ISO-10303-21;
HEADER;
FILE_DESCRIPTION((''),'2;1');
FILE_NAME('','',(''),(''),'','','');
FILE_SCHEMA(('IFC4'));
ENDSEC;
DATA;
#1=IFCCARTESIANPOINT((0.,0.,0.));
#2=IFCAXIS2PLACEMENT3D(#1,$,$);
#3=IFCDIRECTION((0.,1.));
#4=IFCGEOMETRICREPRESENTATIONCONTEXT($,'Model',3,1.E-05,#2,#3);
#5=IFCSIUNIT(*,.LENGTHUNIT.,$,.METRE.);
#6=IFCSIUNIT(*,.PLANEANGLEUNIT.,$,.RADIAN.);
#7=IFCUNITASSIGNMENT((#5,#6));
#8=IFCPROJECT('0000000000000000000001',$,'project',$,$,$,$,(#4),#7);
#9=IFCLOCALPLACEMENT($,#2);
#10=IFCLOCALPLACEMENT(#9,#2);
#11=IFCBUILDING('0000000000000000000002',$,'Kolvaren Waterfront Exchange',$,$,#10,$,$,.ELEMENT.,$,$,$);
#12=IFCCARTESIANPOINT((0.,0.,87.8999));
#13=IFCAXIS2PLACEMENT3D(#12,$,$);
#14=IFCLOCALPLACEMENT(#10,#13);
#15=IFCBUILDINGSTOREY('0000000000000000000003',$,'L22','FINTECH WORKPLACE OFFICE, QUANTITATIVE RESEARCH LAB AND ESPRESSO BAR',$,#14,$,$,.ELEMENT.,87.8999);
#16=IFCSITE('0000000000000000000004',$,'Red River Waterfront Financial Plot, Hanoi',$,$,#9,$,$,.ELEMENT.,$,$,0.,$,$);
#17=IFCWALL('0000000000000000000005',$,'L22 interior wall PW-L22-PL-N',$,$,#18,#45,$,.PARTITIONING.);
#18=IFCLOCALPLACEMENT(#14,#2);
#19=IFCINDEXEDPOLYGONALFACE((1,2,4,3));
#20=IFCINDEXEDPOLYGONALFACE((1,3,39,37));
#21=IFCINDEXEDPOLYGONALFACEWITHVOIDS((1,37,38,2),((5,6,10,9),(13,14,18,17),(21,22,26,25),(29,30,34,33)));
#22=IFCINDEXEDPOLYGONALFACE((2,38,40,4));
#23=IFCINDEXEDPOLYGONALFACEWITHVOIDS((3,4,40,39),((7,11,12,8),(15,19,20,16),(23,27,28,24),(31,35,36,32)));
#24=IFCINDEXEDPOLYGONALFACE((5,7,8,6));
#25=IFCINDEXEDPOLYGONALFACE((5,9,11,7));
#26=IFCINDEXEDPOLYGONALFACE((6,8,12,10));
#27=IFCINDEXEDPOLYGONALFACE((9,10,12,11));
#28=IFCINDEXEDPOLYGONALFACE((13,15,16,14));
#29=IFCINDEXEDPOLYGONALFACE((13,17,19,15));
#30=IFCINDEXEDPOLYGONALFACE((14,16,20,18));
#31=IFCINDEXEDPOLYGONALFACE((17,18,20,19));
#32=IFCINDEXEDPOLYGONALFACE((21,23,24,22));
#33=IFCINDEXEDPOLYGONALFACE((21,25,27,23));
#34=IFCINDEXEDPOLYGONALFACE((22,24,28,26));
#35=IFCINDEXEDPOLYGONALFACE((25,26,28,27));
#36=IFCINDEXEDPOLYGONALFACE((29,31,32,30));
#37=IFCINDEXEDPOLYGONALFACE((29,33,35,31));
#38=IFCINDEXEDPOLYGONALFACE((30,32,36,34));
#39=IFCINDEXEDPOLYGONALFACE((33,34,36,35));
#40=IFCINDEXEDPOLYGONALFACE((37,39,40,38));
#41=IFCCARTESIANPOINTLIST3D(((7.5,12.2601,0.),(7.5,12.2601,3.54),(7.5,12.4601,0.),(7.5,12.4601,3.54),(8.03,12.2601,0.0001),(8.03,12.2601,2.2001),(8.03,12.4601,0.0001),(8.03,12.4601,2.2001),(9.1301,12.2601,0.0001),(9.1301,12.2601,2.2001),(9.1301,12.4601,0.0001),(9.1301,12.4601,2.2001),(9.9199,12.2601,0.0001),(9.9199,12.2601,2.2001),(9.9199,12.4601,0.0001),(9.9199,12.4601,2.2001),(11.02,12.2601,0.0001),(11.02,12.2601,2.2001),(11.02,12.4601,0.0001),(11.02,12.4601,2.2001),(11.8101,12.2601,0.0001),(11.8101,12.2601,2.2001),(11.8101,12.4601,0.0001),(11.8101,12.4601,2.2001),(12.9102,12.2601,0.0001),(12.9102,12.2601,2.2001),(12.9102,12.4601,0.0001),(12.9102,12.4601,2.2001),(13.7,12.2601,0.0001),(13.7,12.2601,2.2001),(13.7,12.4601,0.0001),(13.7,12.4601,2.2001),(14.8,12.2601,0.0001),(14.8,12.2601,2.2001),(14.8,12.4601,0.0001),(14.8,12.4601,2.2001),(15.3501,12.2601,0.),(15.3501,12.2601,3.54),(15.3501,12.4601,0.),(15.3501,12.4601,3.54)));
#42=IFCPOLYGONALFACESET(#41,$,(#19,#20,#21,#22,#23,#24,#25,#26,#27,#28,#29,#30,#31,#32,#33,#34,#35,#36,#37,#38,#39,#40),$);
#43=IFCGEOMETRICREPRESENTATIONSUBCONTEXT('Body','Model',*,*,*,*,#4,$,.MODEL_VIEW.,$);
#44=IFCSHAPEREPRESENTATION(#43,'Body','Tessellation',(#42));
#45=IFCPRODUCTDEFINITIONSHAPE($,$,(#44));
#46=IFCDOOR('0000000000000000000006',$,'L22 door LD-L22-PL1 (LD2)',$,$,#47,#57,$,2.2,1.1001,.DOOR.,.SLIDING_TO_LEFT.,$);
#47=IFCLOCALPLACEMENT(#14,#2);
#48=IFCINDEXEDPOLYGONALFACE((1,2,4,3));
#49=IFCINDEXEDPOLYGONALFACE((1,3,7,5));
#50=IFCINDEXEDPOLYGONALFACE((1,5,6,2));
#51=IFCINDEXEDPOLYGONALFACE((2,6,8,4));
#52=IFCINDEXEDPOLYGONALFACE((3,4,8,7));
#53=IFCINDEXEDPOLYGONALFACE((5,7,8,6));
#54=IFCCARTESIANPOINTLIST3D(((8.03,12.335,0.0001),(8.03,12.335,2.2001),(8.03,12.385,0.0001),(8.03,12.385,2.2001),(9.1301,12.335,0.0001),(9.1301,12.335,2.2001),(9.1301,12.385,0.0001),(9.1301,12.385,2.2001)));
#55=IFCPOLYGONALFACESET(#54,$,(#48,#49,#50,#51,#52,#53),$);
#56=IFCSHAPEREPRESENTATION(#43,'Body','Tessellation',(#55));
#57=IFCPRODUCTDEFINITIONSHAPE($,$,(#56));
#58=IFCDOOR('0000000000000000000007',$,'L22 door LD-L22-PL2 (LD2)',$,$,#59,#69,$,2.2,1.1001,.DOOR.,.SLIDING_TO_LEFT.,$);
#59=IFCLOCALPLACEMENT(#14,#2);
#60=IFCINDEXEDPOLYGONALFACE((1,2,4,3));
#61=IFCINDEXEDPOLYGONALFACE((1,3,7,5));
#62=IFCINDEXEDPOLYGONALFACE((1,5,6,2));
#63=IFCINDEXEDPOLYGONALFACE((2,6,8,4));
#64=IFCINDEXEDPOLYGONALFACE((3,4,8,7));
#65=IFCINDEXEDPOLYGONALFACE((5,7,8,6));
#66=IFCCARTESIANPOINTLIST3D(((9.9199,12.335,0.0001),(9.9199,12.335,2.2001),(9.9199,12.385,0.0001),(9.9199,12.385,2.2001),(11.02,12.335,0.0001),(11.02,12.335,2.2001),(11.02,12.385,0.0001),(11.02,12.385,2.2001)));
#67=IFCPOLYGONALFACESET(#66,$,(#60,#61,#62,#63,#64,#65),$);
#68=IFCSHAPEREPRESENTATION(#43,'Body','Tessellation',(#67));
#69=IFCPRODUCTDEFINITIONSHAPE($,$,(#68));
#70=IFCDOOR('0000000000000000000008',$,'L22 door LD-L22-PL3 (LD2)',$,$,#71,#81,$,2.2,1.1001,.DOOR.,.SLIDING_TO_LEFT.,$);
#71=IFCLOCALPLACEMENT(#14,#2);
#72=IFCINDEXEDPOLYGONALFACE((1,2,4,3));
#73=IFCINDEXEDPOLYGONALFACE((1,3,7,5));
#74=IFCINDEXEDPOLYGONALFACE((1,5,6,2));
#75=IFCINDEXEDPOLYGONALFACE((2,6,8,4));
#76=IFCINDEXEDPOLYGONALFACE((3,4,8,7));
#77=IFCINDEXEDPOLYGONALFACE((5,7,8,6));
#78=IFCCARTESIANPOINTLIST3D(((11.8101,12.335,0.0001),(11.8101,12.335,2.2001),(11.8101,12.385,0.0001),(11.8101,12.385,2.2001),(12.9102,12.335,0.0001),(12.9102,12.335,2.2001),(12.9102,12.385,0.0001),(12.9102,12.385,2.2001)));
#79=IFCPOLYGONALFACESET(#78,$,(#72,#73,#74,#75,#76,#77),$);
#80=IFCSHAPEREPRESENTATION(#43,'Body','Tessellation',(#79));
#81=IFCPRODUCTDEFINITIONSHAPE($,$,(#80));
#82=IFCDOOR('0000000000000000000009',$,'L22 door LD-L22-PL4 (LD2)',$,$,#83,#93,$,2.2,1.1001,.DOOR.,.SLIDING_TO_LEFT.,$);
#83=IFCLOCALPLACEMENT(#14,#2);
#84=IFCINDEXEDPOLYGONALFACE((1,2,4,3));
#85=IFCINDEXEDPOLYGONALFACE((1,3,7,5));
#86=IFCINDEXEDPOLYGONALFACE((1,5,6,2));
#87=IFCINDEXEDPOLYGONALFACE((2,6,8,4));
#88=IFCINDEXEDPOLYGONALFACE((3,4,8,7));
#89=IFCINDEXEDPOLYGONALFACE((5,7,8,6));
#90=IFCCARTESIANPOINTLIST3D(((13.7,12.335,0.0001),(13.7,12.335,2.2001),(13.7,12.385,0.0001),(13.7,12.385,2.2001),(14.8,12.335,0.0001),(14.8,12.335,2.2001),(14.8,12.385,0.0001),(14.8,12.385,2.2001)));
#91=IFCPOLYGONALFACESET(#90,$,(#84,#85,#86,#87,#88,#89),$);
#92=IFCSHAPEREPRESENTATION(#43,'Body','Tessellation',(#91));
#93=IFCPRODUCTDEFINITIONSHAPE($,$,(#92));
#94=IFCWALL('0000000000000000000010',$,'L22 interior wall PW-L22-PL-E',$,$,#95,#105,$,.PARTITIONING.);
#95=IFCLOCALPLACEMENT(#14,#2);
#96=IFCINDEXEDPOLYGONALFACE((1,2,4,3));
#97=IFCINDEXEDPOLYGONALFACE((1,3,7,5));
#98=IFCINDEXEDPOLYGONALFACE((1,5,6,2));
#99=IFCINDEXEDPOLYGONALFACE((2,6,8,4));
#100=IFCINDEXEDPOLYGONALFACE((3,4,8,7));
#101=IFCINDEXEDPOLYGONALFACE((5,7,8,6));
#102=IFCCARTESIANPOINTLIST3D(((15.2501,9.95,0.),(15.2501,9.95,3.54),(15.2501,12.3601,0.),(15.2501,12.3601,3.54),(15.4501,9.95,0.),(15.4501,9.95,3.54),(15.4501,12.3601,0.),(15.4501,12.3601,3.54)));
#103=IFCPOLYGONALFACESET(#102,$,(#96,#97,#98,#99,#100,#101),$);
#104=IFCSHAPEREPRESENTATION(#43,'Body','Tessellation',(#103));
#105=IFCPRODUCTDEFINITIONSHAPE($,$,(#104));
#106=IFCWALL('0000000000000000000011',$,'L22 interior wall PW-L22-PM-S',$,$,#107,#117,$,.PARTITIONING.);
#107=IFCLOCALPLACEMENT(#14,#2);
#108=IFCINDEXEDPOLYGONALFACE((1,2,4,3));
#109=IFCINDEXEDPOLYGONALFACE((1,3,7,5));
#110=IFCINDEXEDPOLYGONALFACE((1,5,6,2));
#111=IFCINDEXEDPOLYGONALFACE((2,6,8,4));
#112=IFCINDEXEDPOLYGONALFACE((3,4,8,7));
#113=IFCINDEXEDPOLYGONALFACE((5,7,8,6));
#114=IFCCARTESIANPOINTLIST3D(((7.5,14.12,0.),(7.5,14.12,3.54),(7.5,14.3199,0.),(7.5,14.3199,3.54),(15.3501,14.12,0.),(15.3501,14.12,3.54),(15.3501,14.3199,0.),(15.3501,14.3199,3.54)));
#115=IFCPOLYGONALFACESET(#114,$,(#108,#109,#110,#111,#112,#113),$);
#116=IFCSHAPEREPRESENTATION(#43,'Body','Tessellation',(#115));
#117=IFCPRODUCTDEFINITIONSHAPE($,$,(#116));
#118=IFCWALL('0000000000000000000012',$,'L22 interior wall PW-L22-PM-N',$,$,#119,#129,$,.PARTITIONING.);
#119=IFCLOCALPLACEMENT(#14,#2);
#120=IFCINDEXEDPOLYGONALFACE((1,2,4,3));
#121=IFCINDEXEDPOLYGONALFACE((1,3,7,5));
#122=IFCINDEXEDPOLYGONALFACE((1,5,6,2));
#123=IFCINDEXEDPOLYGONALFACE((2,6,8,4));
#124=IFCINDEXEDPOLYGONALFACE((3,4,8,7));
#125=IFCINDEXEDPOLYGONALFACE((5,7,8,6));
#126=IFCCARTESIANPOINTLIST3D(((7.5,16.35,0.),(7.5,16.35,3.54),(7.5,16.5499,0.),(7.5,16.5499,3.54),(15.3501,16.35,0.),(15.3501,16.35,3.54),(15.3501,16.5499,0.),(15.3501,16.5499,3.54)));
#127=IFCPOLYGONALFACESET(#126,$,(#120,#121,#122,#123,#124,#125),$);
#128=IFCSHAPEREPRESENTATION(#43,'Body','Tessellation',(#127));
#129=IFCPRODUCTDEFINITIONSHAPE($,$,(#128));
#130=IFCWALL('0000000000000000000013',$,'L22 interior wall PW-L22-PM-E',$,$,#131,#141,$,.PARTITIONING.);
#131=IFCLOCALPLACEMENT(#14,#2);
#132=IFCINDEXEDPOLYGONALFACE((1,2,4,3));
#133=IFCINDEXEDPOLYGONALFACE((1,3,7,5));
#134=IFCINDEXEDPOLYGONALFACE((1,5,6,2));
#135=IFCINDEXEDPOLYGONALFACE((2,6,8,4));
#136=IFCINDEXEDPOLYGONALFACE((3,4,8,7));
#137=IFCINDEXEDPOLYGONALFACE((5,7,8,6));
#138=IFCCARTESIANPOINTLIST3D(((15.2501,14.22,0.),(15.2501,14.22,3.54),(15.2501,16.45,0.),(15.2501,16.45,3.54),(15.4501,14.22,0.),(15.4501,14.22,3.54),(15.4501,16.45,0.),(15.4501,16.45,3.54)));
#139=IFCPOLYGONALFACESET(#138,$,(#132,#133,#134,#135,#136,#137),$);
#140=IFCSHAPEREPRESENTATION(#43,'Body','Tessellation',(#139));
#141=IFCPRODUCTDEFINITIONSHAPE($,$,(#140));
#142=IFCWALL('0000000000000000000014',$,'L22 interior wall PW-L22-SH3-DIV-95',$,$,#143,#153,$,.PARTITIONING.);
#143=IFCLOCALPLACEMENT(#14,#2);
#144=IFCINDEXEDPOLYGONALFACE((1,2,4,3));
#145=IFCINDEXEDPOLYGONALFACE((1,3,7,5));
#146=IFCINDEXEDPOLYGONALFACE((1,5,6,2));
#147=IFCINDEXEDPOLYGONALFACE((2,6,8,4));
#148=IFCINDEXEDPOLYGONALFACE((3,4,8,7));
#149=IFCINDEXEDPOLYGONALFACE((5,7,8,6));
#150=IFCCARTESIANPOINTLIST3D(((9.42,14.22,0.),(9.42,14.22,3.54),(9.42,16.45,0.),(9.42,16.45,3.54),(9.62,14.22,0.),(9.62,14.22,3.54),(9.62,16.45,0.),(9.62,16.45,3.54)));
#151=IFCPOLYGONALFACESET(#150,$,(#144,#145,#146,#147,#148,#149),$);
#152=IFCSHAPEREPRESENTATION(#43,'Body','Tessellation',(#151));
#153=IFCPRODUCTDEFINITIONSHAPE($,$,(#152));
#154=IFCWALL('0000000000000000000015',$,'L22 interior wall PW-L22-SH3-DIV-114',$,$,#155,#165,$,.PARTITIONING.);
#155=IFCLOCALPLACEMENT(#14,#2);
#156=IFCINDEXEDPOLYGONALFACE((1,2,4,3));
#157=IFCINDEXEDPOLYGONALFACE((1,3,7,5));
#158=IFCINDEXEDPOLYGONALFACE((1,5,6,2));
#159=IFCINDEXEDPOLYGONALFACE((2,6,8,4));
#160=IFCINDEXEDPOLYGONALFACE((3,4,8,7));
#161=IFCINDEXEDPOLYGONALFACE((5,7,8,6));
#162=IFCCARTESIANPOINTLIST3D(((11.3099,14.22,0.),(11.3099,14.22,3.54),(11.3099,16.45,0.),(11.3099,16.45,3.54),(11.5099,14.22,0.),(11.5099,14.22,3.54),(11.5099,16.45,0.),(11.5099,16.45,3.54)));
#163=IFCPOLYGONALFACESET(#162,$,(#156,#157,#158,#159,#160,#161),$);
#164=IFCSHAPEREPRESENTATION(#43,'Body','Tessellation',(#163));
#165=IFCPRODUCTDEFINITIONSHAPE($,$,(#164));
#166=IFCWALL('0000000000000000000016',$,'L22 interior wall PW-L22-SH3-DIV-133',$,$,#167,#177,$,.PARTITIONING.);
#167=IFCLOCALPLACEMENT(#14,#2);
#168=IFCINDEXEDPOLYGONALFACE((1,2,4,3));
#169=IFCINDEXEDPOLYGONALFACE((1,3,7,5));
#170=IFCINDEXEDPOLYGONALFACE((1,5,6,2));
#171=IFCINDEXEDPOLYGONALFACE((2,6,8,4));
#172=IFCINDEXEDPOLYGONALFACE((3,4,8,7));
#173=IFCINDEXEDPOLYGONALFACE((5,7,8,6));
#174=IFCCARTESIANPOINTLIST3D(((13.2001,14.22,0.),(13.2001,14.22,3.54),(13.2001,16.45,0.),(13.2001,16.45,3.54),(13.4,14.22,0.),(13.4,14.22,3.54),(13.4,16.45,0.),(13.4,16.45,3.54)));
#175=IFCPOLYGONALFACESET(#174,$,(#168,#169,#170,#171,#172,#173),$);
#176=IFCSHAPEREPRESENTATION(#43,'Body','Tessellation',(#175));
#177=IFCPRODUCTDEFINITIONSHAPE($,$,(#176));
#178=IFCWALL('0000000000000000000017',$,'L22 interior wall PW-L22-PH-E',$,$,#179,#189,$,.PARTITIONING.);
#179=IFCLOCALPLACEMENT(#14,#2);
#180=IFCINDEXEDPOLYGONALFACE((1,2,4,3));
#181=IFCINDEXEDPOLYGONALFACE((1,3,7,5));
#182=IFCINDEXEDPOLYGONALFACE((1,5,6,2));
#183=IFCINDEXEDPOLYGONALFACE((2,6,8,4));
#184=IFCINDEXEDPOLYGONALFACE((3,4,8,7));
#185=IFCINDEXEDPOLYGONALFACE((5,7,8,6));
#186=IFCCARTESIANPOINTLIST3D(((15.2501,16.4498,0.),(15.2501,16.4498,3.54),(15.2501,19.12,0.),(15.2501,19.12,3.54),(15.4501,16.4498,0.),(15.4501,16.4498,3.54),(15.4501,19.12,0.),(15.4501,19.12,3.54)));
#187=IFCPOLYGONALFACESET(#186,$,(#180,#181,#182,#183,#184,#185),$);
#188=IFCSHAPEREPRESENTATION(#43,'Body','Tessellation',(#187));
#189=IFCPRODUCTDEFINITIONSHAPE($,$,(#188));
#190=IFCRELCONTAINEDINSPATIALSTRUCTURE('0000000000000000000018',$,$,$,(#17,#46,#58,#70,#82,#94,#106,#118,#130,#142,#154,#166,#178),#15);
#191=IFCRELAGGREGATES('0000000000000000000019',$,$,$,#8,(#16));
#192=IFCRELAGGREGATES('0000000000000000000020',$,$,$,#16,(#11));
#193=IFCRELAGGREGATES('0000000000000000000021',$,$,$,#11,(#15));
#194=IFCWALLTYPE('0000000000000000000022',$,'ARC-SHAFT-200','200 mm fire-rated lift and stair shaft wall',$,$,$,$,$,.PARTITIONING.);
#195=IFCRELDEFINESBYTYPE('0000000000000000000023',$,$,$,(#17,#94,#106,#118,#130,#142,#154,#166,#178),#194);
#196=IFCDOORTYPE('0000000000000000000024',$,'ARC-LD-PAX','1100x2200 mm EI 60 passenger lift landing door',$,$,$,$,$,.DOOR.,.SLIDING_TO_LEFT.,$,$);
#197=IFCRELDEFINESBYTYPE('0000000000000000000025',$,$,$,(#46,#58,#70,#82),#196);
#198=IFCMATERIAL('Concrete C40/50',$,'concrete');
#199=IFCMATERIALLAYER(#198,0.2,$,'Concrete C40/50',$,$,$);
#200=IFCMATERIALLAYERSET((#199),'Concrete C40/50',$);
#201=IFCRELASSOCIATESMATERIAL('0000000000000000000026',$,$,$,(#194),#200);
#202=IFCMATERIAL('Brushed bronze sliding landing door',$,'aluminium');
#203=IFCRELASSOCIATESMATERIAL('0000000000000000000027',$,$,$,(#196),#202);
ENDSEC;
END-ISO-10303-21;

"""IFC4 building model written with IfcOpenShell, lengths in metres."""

from ifc_helpers import new_model, si_unit, direction, frame, frame_2d, origin, place, context, subcontext, project, spatial, rectangle, extrude, material, layer, layer_set, type_object, element, fill, save


model = new_model("IFC4")

# Units and contexts
model_context = context("Model", 3, precision=1e-05, world=origin(), true_north=direction((0.0, 1.0)))
body_context = subcontext(model_context, "Body", "Model", "MODEL_VIEW")
ifc_project = project(units=[si_unit("LENGTHUNIT", "METRE"), si_unit("PLANEANGLEUNIT", "RADIAN")], contexts=[model_context])

# Site, building, storey
site_placement = place(None, origin())
site = spatial("IfcSite", under=ifc_project, at=site_placement, Name="Red River Waterfront Financial Plot, Hanoi", CompositionType="ELEMENT", RefElevation=0.0)
building_placement = place(site_placement, origin())
building = spatial("IfcBuilding", under=site, at=building_placement, Name="Kolvaren Waterfront Exchange", CompositionType="ELEMENT")
storey_placement = place(building_placement, frame((0.0, 0.0, 87.8999)))
storey = spatial("IfcBuildingStorey", under=building, at=storey_placement, Name="L22", Description="FINTECH WORKPLACE OFFICE, QUANTITATIVE RESEARCH LAB AND ESPRESSO BAR", CompositionType="ELEMENT", Elevation=87.8999)

# Wall, openings, doors
ifc_material_1 = material(Name="Concrete C40/50", Category="concrete")
ifc_layer_1 = layer(ifc_material_1, 0.2, Name="Concrete C40/50")
ifc_layer_set_1 = layer_set([ifc_layer_1], Name="Concrete C40/50")
wall_type_1 = type_object("IfcWallType", Name="ARC-SHAFT-200", Description="200 mm fire-rated lift and stair shaft wall", PredefinedType="PARTITIONING", material=ifc_layer_set_1)
wall_1_placement = place(storey_placement, frame((7.5, 12.3601, 0.0), z_axis=(0.0, 0.0, 1.0), x_axis=(1.0, 0.0, 0.0)))
wall_1 = element("IfcWall", 1, at=wall_1_placement, inside=storey, type_object=wall_type_1, Name="L22 interior wall PW-L22-PL-N", PredefinedType="PARTITIONING", context=body_context, shape_type="SweptSolid", body=[
    extrude(rectangle(XDim=7.8501, YDim=0.2, at=frame_2d((3.925, 0.0))), origin(), (0.0, 0.0, 1.0), 3.54),
])
opening_1_placement = place(wall_1_placement, frame((0.53, 0.0, 0.0)))
opening_1 = element("IfcOpeningElement", 2, at=opening_1_placement, cuts=wall_1, PredefinedType="OPENING", context=body_context, shape_type="SweptSolid", body=[
    extrude(rectangle(XDim=1.1001, YDim=2.2, at=frame_2d((0.55, 1.1001))), frame((0.0, 0.1099, 0.0), z_axis=(0.0, -1.0, 0.0), x_axis=(1.0, 0.0, 0.0)), (0.0, 0.0, 1.0), 0.22),
])
opening_2_placement = place(wall_1_placement, frame((2.4199, 0.0, 0.0)))
opening_2 = element("IfcOpeningElement", 3, at=opening_2_placement, cuts=wall_1, PredefinedType="OPENING", context=body_context, shape_type="SweptSolid", body=[
    extrude(rectangle(XDim=1.1001, YDim=2.2, at=frame_2d((0.55, 1.1001))), frame((0.0, 0.1099, 0.0), z_axis=(0.0, -1.0, 0.0), x_axis=(1.0, 0.0, 0.0)), (0.0, 0.0, 1.0), 0.22),
])
opening_3_placement = place(wall_1_placement, frame((4.3101, 0.0, 0.0)))
opening_3 = element("IfcOpeningElement", 4, at=opening_3_placement, cuts=wall_1, PredefinedType="OPENING", context=body_context, shape_type="SweptSolid", body=[
    extrude(rectangle(XDim=1.1001, YDim=2.2, at=frame_2d((0.55, 1.1001))), frame((0.0, 0.1099, 0.0), z_axis=(0.0, -1.0, 0.0), x_axis=(1.0, 0.0, 0.0)), (0.0, 0.0, 1.0), 0.22),
])
opening_4_placement = place(wall_1_placement, frame((6.2, 0.0, 0.0)))
opening_4 = element("IfcOpeningElement", 5, at=opening_4_placement, cuts=wall_1, PredefinedType="OPENING", context=body_context, shape_type="SweptSolid", body=[
    extrude(rectangle(XDim=1.1001, YDim=2.2, at=frame_2d((0.55, 1.1001))), frame((0.0, 0.1099, 0.0), z_axis=(0.0, -1.0, 0.0), x_axis=(1.0, 0.0, 0.0)), (0.0, 0.0, 1.0), 0.22),
])
ifc_material_2 = material(Name="Brushed bronze sliding landing door", Category="aluminium")
door_type_1 = type_object("IfcDoorType", Name="ARC-LD-PAX", Description="1100x2200 mm EI 60 passenger lift landing door", OperationType="SLIDING_TO_LEFT", PredefinedType="DOOR", material=ifc_material_2)
door_1_placement = place(opening_1_placement, origin())
door_1 = element("IfcDoor", 6, at=door_1_placement, inside=storey, type_object=door_type_1, Name="L22 door LD-L22-PL1 (LD2)", OperationType="SLIDING_TO_LEFT", OverallHeight=2.2, OverallWidth=1.1001, PredefinedType="DOOR", context=body_context, shape_type="SweptSolid", body=[
    extrude(rectangle(XDim=1.1001, YDim=2.2, at=frame_2d((0.55, 1.1001))), frame((0.0, 0.0249, 0.0), z_axis=(0.0, -1.0, 0.0), x_axis=(1.0, 0.0, 0.0)), (0.0, 0.0, 1.0), 0.05),
])
fill(opening_1, door_1)
door_2_placement = place(opening_2_placement, origin())
door_2 = element("IfcDoor", 7, at=door_2_placement, inside=storey, type_object=door_type_1, Name="L22 door LD-L22-PL2 (LD2)", OperationType="SLIDING_TO_LEFT", OverallHeight=2.2, OverallWidth=1.1001, PredefinedType="DOOR", context=body_context, shape_type="SweptSolid", body=[
    extrude(rectangle(XDim=1.1001, YDim=2.2, at=frame_2d((0.55, 1.1001))), frame((0.0, 0.0249, 0.0), z_axis=(0.0, -1.0, 0.0), x_axis=(1.0, 0.0, 0.0)), (0.0, 0.0, 1.0), 0.05),
])
fill(opening_2, door_2)
door_3_placement = place(opening_3_placement, origin())
door_3 = element("IfcDoor", 8, at=door_3_placement, inside=storey, type_object=door_type_1, Name="L22 door LD-L22-PL3 (LD2)", OperationType="SLIDING_TO_LEFT", OverallHeight=2.2, OverallWidth=1.1001, PredefinedType="DOOR", context=body_context, shape_type="SweptSolid", body=[
    extrude(rectangle(XDim=1.1001, YDim=2.2, at=frame_2d((0.55, 1.1001))), frame((0.0, 0.0249, 0.0), z_axis=(0.0, -1.0, 0.0), x_axis=(1.0, 0.0, 0.0)), (0.0, 0.0, 1.0), 0.05),
])
fill(opening_3, door_3)
door_4_placement = place(opening_4_placement, origin())
door_4 = element("IfcDoor", 9, at=door_4_placement, inside=storey, type_object=door_type_1, Name="L22 door LD-L22-PL4 (LD2)", OperationType="SLIDING_TO_LEFT", OverallHeight=2.2, OverallWidth=1.1001, PredefinedType="DOOR", context=body_context, shape_type="SweptSolid", body=[
    extrude(rectangle(XDim=1.1001, YDim=2.2, at=frame_2d((0.55, 1.1001))), frame((0.0, 0.0249, 0.0), z_axis=(0.0, -1.0, 0.0), x_axis=(1.0, 0.0, 0.0)), (0.0, 0.0, 1.0), 0.05),
])
fill(opening_4, door_4)

# Walls
wall_2_placement = place(storey_placement, frame((15.3501, 9.95, 0.0), z_axis=(0.0, 0.0, 1.0), x_axis=(0.0, 1.0, 0.0)))
element("IfcWall", 10, at=wall_2_placement, inside=storey, type_object=wall_type_1, Name="L22 interior wall PW-L22-PL-E", PredefinedType="PARTITIONING", context=body_context, shape_type="SweptSolid", body=[
    extrude(rectangle(XDim=2.4102, YDim=0.2, at=frame_2d((1.2051, 0.0))), origin(), (0.0, 0.0, 1.0), 3.54),
])
for number, where, z_axis, x_axis, name in (
    (11, (7.5, 14.22, 0.0), (0.0, 0.0, 1.0), (1.0, 0.0, 0.0), "L22 interior wall PW-L22-PM-S"),
    (12, (7.5, 16.45, 0.0), (0.0, 0.0, 1.0), (1.0, 0.0, 0.0), "L22 interior wall PW-L22-PM-N"),
):
    element("IfcWall", number, at=place(storey_placement, frame(where, z_axis=z_axis, x_axis=x_axis)), inside=storey, type_object=wall_type_1, Name=name, PredefinedType="PARTITIONING", context=body_context, shape_type="SweptSolid", body=[
        extrude(rectangle(XDim=7.8501, YDim=0.2, at=frame_2d((3.925, 0.0))), origin(), (0.0, 0.0, 1.0), 3.54),
    ])
for number, where, z_axis, x_axis, name in (
    (13, (15.3501, 14.22, 0.0), (0.0, 0.0, 1.0), (0.0, 1.0, 0.0), "L22 interior wall PW-L22-PM-E"),
    (14, (9.52, 14.22, 0.0), (0.0, 0.0, 1.0), (0.0, 1.0, 0.0), "L22 interior wall PW-L22-SH3-DIV-95"),
    (15, (11.4099, 14.22, 0.0), (0.0, 0.0, 1.0), (0.0, 1.0, 0.0), "L22 interior wall PW-L22-SH3-DIV-114"),
    (16, (13.3, 14.22, 0.0), (0.0, 0.0, 1.0), (0.0, 1.0, 0.0), "L22 interior wall PW-L22-SH3-DIV-133"),
):
    element("IfcWall", number, at=place(storey_placement, frame(where, z_axis=z_axis, x_axis=x_axis)), inside=storey, type_object=wall_type_1, Name=name, PredefinedType="PARTITIONING", context=body_context, shape_type="SweptSolid", body=[
        extrude(rectangle(XDim=2.23, YDim=0.2, at=frame_2d((1.115, 0.0))), origin(), (0.0, 0.0, 1.0), 3.54),
    ])
for number, where, z_axis, x_axis, name in (
    (17, (15.3501, 16.45, 0.0), (0.0, 0.0, 1.0), (0.0, 1.0, 0.0), "L22 interior wall PW-L22-PH-E"),
):
    element("IfcWall", number, at=place(storey_placement, frame(where, z_axis=z_axis, x_axis=x_axis)), inside=storey, type_object=wall_type_1, Name=name, PredefinedType="PARTITIONING", context=body_context, shape_type="SweptSolid", body=[
        extrude(rectangle(XDim=2.6702, YDim=0.2, at=frame_2d((1.335, 0.0))), origin(), (0.0, 0.0, 1.0), 3.54),
    ])

save(model, "model.ifc")
